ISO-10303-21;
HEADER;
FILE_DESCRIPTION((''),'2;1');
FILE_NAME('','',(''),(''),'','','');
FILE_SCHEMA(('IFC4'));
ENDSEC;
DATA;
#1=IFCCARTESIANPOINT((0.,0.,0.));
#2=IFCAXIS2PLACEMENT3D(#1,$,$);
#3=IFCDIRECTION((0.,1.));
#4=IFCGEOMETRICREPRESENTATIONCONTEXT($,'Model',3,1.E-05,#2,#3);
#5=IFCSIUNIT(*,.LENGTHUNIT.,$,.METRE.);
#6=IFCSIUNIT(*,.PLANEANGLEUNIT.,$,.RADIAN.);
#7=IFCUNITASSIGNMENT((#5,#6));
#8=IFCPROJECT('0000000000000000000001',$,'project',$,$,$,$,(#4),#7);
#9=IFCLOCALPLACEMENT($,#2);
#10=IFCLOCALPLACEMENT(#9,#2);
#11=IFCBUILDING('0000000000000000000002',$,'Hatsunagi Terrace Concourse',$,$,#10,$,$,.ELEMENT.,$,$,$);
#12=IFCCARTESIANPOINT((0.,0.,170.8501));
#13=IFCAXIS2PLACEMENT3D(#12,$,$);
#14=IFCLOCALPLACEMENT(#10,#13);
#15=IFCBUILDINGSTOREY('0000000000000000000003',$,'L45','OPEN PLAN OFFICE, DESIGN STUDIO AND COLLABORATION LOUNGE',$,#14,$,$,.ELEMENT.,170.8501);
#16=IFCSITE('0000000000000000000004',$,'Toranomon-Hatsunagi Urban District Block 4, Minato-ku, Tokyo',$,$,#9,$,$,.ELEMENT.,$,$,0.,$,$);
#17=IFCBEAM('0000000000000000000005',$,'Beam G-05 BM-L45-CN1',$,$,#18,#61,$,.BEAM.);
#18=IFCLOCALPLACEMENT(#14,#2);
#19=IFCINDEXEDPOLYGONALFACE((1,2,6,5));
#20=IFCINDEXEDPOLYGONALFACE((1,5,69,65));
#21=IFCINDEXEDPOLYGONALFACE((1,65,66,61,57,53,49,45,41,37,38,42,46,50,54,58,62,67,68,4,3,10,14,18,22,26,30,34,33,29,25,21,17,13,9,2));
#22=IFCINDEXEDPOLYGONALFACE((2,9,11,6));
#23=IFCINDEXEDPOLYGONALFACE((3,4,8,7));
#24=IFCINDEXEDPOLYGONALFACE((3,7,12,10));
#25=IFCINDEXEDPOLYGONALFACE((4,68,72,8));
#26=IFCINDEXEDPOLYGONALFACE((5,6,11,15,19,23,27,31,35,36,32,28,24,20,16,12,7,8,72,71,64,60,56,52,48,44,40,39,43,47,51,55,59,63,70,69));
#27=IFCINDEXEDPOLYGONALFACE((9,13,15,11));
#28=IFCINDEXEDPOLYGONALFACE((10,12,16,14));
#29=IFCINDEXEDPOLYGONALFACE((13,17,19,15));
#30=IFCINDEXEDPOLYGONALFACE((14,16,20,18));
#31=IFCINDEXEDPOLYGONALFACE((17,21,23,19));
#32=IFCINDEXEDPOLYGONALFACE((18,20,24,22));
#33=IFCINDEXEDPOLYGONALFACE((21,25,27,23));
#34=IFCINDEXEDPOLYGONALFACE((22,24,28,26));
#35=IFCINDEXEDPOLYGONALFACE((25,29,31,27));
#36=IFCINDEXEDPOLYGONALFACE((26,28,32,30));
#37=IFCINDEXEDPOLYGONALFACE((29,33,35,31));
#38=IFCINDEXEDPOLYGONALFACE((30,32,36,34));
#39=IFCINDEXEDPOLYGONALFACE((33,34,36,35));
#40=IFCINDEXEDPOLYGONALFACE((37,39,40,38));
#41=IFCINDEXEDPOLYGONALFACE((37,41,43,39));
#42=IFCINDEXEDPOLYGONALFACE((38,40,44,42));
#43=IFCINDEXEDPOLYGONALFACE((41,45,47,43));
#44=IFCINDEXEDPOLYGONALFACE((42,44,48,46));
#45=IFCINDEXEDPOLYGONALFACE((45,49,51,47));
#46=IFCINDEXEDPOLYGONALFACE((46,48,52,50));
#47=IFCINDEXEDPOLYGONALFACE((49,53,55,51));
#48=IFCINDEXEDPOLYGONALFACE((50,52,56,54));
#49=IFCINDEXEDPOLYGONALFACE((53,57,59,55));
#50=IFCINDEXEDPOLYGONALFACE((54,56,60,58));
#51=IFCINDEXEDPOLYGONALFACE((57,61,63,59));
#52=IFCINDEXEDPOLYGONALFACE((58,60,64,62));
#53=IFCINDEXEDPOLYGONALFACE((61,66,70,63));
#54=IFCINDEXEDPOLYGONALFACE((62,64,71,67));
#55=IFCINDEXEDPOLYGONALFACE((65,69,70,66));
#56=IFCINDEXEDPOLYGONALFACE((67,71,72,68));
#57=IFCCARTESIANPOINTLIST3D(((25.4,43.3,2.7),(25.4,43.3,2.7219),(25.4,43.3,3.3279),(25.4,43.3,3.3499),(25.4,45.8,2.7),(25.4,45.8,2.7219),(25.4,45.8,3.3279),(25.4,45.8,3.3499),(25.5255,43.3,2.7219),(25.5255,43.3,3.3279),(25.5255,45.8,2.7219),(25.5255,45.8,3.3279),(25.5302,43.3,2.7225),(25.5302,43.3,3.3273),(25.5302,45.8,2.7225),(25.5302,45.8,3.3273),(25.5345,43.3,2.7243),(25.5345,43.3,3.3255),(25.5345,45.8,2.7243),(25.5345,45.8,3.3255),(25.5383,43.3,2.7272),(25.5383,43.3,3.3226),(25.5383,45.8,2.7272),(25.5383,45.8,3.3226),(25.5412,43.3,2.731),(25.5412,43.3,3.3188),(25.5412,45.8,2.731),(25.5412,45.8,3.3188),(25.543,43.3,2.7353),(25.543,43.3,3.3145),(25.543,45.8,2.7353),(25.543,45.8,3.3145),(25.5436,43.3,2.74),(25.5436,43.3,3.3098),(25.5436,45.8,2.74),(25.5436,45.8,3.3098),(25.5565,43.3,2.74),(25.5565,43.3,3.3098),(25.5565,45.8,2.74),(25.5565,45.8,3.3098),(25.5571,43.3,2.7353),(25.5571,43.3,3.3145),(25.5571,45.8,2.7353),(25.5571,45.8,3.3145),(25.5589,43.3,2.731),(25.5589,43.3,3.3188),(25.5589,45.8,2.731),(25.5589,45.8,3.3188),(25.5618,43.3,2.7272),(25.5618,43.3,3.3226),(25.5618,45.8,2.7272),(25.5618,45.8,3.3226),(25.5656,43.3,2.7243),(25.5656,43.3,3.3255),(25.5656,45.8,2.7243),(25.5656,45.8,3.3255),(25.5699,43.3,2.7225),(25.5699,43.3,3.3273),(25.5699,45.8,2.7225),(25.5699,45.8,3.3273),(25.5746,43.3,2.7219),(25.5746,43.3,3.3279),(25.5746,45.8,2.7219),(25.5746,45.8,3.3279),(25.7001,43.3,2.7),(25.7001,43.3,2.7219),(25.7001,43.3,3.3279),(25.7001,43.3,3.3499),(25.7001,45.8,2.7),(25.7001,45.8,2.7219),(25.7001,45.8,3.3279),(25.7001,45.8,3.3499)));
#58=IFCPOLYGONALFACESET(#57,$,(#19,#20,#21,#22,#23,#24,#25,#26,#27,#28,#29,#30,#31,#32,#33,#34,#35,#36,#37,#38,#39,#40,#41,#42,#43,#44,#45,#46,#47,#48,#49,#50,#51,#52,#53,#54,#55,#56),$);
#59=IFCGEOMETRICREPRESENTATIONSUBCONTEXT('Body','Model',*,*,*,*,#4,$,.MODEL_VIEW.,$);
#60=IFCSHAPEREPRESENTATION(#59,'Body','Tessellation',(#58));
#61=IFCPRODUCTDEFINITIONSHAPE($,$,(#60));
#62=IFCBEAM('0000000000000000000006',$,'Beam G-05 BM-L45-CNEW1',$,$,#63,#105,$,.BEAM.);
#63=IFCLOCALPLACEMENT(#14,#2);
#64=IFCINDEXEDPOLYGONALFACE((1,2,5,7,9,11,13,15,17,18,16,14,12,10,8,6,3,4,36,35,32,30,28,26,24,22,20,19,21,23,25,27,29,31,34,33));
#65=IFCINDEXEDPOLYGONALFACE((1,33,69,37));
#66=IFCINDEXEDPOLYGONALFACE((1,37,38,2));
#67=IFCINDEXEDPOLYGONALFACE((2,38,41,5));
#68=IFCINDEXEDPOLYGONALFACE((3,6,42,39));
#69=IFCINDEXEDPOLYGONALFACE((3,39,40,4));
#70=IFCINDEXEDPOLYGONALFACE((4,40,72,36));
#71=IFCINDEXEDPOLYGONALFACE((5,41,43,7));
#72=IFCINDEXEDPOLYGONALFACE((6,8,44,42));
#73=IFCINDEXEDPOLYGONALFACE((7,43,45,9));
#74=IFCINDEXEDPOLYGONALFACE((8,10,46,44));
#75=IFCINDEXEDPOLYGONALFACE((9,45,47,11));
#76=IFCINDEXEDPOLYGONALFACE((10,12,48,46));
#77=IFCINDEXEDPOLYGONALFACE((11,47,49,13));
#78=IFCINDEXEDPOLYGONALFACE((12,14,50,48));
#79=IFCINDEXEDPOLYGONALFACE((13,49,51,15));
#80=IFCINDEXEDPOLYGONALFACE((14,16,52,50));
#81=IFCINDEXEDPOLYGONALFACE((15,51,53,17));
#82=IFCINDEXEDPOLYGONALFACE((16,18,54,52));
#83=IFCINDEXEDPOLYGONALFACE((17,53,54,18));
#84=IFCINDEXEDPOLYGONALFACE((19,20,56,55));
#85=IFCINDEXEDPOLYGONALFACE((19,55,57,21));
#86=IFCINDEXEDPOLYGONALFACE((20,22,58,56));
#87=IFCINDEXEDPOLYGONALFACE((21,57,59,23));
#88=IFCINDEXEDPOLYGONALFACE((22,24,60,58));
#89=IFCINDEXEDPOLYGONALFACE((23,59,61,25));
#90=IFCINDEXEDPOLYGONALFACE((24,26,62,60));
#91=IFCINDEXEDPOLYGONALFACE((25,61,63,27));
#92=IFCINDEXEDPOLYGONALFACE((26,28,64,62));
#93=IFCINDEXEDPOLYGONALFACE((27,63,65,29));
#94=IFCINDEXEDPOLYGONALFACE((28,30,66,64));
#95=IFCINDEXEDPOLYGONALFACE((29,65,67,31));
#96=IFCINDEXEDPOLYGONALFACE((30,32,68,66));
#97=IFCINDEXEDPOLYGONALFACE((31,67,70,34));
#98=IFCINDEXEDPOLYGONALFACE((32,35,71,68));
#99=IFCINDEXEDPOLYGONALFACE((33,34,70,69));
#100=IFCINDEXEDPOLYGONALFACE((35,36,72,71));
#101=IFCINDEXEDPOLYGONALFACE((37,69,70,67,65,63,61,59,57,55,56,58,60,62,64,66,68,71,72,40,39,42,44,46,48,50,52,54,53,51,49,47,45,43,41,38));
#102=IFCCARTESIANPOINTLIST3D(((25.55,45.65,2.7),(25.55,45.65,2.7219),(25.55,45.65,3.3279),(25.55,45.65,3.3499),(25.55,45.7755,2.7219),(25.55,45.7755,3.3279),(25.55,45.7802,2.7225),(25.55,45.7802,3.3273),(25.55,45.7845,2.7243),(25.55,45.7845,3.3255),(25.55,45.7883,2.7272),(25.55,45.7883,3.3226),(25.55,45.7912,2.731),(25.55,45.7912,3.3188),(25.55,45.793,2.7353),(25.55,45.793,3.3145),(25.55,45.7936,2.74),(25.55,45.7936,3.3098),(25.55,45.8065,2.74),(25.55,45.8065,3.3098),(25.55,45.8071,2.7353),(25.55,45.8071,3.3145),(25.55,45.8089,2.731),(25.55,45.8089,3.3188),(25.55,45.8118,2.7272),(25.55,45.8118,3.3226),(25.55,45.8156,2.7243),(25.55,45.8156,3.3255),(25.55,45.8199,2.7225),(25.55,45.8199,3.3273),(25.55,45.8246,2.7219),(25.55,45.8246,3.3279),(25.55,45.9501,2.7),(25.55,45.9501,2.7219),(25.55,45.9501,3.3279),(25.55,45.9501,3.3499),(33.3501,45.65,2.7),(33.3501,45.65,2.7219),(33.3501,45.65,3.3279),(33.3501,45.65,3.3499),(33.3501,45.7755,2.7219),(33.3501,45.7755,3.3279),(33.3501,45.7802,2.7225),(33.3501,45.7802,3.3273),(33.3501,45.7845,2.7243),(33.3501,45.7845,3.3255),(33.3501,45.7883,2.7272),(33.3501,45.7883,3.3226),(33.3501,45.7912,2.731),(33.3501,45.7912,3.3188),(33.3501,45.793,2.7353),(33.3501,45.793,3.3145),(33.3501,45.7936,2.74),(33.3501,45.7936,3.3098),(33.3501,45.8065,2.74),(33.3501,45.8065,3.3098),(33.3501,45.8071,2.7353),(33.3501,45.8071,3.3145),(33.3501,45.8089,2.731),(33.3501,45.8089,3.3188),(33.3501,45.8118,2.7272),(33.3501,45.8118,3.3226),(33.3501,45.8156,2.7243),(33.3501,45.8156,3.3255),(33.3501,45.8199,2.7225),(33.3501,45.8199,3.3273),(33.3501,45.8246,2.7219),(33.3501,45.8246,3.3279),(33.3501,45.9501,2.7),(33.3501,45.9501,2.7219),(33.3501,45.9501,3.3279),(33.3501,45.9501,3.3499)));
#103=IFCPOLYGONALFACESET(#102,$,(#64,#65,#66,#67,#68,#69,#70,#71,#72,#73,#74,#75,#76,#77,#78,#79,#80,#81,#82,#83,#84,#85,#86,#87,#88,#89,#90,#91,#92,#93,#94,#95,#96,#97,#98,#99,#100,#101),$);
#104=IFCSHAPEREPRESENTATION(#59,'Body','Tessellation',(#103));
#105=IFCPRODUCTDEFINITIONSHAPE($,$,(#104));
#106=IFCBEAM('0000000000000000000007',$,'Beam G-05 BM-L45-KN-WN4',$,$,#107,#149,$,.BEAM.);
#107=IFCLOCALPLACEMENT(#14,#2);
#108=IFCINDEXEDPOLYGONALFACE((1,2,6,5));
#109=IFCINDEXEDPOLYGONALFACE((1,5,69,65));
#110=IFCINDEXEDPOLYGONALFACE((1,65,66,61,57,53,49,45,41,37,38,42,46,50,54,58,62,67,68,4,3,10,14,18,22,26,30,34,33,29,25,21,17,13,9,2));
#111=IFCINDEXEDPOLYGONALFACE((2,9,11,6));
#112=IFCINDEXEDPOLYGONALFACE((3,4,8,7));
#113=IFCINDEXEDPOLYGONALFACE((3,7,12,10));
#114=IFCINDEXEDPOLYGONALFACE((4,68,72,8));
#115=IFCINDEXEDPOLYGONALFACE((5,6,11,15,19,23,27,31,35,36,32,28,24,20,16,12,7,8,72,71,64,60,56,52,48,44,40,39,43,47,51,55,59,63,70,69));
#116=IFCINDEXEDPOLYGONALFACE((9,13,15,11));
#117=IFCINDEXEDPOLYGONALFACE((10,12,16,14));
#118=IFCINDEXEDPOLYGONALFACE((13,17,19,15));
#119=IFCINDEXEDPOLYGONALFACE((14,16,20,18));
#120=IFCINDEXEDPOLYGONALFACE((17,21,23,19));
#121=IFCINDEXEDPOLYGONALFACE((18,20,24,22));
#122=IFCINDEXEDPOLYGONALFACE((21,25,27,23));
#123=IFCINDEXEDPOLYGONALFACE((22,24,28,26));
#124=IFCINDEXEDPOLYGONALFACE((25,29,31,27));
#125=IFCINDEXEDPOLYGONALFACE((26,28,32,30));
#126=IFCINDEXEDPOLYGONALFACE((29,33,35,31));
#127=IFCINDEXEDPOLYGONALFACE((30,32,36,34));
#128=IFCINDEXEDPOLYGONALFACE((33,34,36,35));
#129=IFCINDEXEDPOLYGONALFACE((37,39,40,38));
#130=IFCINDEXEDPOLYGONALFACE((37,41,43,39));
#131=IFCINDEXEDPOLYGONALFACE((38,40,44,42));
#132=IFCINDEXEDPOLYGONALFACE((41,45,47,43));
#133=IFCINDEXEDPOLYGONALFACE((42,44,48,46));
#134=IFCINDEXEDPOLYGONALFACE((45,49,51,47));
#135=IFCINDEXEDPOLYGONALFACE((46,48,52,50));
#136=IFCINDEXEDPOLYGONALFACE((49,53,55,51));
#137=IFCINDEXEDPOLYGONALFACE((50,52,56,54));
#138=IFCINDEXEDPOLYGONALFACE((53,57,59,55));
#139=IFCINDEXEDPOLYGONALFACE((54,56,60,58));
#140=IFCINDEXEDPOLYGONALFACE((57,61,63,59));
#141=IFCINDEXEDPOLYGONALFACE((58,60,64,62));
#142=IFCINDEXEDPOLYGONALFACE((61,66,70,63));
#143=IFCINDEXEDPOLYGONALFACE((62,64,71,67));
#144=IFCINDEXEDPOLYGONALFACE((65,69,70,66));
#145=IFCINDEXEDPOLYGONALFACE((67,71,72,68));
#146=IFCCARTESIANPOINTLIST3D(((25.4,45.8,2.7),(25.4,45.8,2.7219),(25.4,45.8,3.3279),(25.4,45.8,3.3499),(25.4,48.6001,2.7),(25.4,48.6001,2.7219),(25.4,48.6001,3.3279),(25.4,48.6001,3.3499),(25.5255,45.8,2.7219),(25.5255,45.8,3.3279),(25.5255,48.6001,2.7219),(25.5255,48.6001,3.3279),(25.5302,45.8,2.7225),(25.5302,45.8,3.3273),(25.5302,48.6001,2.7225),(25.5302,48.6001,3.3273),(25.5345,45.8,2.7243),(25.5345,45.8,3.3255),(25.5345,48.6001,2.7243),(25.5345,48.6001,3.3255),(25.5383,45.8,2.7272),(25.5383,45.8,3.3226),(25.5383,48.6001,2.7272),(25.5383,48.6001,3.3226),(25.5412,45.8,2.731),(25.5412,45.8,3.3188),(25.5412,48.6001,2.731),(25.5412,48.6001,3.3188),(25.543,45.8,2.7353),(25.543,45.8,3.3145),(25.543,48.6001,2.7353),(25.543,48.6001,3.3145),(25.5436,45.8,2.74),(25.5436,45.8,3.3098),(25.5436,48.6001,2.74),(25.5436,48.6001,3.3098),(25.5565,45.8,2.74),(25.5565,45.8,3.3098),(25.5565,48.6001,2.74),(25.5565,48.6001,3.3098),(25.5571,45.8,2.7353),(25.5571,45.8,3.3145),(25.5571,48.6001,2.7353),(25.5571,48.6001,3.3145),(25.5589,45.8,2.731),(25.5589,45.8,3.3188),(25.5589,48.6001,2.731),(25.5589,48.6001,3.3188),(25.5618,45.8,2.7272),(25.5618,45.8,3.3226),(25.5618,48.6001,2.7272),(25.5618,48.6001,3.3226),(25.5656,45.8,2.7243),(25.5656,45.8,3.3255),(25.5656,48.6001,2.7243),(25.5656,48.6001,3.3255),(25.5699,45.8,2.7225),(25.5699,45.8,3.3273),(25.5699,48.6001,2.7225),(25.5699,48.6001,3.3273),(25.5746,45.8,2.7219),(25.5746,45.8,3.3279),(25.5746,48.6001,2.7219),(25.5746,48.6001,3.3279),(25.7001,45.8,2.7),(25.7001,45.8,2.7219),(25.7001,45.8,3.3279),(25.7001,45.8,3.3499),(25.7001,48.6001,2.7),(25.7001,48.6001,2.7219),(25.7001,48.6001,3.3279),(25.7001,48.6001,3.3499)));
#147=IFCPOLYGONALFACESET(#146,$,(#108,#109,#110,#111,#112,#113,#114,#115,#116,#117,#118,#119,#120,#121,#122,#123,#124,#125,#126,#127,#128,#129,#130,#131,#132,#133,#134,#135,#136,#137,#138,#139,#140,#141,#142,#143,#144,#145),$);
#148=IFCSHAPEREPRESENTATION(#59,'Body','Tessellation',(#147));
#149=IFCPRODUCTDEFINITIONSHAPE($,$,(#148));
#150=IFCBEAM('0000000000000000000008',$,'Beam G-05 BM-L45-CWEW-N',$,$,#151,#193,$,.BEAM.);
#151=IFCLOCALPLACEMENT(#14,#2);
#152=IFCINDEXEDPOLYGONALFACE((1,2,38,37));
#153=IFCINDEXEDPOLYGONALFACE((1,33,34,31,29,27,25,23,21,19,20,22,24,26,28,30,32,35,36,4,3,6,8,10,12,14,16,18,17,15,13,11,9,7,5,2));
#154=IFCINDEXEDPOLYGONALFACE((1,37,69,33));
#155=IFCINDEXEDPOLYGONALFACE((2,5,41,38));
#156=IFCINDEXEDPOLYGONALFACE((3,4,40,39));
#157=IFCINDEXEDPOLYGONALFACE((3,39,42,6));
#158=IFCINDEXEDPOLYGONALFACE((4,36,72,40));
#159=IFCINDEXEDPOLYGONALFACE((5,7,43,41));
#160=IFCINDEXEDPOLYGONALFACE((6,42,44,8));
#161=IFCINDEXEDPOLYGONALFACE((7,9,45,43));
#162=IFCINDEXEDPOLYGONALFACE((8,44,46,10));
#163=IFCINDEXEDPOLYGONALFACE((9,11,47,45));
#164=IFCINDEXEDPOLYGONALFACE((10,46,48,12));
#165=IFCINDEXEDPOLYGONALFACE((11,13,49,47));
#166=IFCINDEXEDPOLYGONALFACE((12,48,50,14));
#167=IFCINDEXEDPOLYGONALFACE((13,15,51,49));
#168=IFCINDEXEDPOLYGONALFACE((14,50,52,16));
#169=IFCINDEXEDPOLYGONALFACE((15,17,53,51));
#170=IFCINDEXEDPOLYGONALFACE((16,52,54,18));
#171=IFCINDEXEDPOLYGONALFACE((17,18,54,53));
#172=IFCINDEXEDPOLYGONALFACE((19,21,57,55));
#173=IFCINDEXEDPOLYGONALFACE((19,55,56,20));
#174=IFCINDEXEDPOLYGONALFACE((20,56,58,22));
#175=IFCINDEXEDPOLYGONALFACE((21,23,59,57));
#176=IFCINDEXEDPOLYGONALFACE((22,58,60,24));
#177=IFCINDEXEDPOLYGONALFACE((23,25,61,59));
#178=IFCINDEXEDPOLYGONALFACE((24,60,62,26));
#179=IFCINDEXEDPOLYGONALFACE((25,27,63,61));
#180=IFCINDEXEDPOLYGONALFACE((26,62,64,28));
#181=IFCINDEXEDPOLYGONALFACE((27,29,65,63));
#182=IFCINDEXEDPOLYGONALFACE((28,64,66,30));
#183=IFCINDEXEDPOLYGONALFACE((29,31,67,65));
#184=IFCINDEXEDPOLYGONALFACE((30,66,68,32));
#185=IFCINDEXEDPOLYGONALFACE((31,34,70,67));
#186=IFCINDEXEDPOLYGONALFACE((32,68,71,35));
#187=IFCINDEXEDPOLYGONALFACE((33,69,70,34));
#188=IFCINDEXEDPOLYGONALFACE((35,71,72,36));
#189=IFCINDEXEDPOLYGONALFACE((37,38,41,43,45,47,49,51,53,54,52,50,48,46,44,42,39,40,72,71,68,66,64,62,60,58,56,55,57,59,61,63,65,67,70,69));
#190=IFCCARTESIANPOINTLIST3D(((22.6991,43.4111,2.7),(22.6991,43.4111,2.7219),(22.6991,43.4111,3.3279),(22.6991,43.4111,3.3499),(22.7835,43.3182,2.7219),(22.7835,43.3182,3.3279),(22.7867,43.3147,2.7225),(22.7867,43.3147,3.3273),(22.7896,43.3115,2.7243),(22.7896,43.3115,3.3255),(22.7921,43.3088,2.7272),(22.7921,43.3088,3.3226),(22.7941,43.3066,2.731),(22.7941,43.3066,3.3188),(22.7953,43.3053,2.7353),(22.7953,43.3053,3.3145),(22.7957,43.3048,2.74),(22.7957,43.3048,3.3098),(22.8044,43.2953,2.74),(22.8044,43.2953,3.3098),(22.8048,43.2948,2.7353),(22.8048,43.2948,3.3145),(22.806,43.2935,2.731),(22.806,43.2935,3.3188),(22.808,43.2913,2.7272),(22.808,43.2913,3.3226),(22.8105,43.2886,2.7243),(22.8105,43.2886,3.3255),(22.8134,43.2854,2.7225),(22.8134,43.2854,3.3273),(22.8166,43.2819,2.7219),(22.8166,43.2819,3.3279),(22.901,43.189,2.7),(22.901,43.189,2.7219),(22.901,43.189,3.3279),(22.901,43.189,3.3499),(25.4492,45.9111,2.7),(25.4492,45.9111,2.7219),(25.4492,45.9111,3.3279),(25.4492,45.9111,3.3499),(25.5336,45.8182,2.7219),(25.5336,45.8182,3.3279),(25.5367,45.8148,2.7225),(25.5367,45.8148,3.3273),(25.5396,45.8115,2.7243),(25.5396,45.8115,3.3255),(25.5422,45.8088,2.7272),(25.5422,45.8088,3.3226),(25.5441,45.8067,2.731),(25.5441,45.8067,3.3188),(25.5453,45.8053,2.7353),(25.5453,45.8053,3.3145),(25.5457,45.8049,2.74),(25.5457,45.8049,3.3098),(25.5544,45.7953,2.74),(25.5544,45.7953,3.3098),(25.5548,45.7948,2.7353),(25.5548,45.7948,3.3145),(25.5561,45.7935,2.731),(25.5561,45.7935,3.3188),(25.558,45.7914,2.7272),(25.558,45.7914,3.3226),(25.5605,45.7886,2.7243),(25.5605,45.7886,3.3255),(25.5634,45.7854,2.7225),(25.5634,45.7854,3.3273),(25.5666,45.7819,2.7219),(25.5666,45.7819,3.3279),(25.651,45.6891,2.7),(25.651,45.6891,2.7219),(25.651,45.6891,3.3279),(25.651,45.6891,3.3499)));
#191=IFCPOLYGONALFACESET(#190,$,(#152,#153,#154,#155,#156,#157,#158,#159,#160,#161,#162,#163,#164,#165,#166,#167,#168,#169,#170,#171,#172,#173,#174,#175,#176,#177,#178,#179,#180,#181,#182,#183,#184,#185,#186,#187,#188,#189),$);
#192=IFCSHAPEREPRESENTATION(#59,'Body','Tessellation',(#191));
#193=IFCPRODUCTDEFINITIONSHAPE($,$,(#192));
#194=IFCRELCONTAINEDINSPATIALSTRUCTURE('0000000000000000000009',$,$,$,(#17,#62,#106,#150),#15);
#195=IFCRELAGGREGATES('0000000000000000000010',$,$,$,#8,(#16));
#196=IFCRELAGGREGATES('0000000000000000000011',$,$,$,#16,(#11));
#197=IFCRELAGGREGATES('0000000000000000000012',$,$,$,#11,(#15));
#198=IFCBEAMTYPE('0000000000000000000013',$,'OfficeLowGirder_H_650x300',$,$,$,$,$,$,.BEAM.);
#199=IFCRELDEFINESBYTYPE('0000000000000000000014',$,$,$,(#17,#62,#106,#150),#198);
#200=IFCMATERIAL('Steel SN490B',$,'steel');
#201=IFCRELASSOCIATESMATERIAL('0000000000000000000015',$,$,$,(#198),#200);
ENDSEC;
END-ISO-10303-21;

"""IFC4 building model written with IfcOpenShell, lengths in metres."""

from ifc_helpers import new_model, si_unit, direction, frame, origin, origin_2d, place, context, subcontext, project, spatial, i_section, extrude, material, material_profile, profile_set, type_object, element, save


model = new_model("IFC4")

# Units and contexts
model_context = context("Model", 3, precision=1e-05, world=origin(), true_north=direction((0.0, 1.0)))
body_context = subcontext(model_context, "Body", "Model", "MODEL_VIEW")
ifc_project = project(units=[si_unit("LENGTHUNIT", "METRE"), si_unit("PLANEANGLEUNIT", "RADIAN")], contexts=[model_context])

# Site, building, storey
site_placement = place(None, origin())
site = spatial("IfcSite", under=ifc_project, at=site_placement, Name="Toranomon-Hatsunagi Urban District Block 4, Minato-ku, Tokyo", CompositionType="ELEMENT", RefElevation=0.0)
building_placement = place(site_placement, origin())
building = spatial("IfcBuilding", under=site, at=building_placement, Name="Hatsunagi Terrace Concourse", CompositionType="ELEMENT")
storey_placement = place(building_placement, frame((0.0, 0.0, 170.8501)))
storey = spatial("IfcBuildingStorey", under=building, at=storey_placement, Name="L45", Description="OPEN PLAN OFFICE, DESIGN STUDIO AND COLLABORATION LOUNGE", CompositionType="ELEMENT", Elevation=170.8501)

# Beams
ifc_material_1 = material(Name="Steel SN490B", Category="steel")
ifc_material_profile_1 = material_profile(ifc_material_1, i_section(OverallWidth=0.3, OverallDepth=0.6499, WebThickness=0.0129, FlangeThickness=0.022, FilletRadius=0.0181, at=origin_2d()), Name="H-650x300x13x22")
ifc_profile_set_1 = profile_set([ifc_material_profile_1], Name="Steel SN490B")
beam_type_1 = type_object("IfcBeamType", Name="OfficeLowGirder_H_650x300", PredefinedType="BEAM", material=ifc_profile_set_1)
beam_1_placement = place(storey_placement, frame((25.55, 43.3, 3.0249), z_axis=(0.0, 1.0, 0.0), x_axis=(-1.0, 0.0, 0.0)))
element("IfcBeam", 1, at=beam_1_placement, inside=storey, type_object=beam_type_1, Name="Beam G-05 BM-L45-CN1", PredefinedType="BEAM", context=body_context, shape_type="SweptSolid", body=[
    extrude(i_section(OverallWidth=0.3, OverallDepth=0.6499, WebThickness=0.0129, FlangeThickness=0.022, FilletRadius=0.0181, at=origin_2d()), origin(), (0.0, 0.0, 1.0), 2.5),
])
beam_2_placement = place(storey_placement, frame((25.55, 45.8, 3.0249), z_axis=(1.0, 0.0, 0.0), x_axis=(0.0, 1.0, 0.0)))
element("IfcBeam", 2, at=beam_2_placement, inside=storey, type_object=beam_type_1, Name="Beam G-05 BM-L45-CNEW1", PredefinedType="BEAM", context=body_context, shape_type="SweptSolid", body=[
    extrude(i_section(OverallWidth=0.3, OverallDepth=0.6499, WebThickness=0.0129, FlangeThickness=0.022, FilletRadius=0.0181, at=origin_2d()), origin(), (0.0, 0.0, 1.0), 7.8),
])
beam_3_placement = place(storey_placement, frame((25.55, 45.8, 3.0249), z_axis=(0.0, 1.0, 0.0), x_axis=(-1.0, 0.0, 0.0)))
element("IfcBeam", 3, at=beam_3_placement, inside=storey, type_object=beam_type_1, Name="Beam G-05 BM-L45-KN-WN4", PredefinedType="BEAM", context=body_context, shape_type="SweptSolid", body=[
    extrude(i_section(OverallWidth=0.3, OverallDepth=0.6499, WebThickness=0.0129, FlangeThickness=0.022, FilletRadius=0.0181, at=origin_2d()), origin(), (0.0, 0.0, 1.0), 2.8),
])
beam_4_placement = place(storey_placement, frame((22.8, 43.3, 3.0249), z_axis=(0.73994, 0.672673, 0.0), x_axis=(-0.672673, 0.73994, 0.0)))
element("IfcBeam", 4, at=beam_4_placement, inside=storey, type_object=beam_type_1, Name="Beam G-05 BM-L45-CWEW-N", PredefinedType="BEAM", context=body_context, shape_type="SweptSolid", body=[
    extrude(i_section(OverallWidth=0.3, OverallDepth=0.6499, WebThickness=0.0129, FlangeThickness=0.022, FilletRadius=0.0181, at=origin_2d()), origin(), (0.0, 0.0, 1.0), 3.7166),
])

save(model, "model.ifc")
